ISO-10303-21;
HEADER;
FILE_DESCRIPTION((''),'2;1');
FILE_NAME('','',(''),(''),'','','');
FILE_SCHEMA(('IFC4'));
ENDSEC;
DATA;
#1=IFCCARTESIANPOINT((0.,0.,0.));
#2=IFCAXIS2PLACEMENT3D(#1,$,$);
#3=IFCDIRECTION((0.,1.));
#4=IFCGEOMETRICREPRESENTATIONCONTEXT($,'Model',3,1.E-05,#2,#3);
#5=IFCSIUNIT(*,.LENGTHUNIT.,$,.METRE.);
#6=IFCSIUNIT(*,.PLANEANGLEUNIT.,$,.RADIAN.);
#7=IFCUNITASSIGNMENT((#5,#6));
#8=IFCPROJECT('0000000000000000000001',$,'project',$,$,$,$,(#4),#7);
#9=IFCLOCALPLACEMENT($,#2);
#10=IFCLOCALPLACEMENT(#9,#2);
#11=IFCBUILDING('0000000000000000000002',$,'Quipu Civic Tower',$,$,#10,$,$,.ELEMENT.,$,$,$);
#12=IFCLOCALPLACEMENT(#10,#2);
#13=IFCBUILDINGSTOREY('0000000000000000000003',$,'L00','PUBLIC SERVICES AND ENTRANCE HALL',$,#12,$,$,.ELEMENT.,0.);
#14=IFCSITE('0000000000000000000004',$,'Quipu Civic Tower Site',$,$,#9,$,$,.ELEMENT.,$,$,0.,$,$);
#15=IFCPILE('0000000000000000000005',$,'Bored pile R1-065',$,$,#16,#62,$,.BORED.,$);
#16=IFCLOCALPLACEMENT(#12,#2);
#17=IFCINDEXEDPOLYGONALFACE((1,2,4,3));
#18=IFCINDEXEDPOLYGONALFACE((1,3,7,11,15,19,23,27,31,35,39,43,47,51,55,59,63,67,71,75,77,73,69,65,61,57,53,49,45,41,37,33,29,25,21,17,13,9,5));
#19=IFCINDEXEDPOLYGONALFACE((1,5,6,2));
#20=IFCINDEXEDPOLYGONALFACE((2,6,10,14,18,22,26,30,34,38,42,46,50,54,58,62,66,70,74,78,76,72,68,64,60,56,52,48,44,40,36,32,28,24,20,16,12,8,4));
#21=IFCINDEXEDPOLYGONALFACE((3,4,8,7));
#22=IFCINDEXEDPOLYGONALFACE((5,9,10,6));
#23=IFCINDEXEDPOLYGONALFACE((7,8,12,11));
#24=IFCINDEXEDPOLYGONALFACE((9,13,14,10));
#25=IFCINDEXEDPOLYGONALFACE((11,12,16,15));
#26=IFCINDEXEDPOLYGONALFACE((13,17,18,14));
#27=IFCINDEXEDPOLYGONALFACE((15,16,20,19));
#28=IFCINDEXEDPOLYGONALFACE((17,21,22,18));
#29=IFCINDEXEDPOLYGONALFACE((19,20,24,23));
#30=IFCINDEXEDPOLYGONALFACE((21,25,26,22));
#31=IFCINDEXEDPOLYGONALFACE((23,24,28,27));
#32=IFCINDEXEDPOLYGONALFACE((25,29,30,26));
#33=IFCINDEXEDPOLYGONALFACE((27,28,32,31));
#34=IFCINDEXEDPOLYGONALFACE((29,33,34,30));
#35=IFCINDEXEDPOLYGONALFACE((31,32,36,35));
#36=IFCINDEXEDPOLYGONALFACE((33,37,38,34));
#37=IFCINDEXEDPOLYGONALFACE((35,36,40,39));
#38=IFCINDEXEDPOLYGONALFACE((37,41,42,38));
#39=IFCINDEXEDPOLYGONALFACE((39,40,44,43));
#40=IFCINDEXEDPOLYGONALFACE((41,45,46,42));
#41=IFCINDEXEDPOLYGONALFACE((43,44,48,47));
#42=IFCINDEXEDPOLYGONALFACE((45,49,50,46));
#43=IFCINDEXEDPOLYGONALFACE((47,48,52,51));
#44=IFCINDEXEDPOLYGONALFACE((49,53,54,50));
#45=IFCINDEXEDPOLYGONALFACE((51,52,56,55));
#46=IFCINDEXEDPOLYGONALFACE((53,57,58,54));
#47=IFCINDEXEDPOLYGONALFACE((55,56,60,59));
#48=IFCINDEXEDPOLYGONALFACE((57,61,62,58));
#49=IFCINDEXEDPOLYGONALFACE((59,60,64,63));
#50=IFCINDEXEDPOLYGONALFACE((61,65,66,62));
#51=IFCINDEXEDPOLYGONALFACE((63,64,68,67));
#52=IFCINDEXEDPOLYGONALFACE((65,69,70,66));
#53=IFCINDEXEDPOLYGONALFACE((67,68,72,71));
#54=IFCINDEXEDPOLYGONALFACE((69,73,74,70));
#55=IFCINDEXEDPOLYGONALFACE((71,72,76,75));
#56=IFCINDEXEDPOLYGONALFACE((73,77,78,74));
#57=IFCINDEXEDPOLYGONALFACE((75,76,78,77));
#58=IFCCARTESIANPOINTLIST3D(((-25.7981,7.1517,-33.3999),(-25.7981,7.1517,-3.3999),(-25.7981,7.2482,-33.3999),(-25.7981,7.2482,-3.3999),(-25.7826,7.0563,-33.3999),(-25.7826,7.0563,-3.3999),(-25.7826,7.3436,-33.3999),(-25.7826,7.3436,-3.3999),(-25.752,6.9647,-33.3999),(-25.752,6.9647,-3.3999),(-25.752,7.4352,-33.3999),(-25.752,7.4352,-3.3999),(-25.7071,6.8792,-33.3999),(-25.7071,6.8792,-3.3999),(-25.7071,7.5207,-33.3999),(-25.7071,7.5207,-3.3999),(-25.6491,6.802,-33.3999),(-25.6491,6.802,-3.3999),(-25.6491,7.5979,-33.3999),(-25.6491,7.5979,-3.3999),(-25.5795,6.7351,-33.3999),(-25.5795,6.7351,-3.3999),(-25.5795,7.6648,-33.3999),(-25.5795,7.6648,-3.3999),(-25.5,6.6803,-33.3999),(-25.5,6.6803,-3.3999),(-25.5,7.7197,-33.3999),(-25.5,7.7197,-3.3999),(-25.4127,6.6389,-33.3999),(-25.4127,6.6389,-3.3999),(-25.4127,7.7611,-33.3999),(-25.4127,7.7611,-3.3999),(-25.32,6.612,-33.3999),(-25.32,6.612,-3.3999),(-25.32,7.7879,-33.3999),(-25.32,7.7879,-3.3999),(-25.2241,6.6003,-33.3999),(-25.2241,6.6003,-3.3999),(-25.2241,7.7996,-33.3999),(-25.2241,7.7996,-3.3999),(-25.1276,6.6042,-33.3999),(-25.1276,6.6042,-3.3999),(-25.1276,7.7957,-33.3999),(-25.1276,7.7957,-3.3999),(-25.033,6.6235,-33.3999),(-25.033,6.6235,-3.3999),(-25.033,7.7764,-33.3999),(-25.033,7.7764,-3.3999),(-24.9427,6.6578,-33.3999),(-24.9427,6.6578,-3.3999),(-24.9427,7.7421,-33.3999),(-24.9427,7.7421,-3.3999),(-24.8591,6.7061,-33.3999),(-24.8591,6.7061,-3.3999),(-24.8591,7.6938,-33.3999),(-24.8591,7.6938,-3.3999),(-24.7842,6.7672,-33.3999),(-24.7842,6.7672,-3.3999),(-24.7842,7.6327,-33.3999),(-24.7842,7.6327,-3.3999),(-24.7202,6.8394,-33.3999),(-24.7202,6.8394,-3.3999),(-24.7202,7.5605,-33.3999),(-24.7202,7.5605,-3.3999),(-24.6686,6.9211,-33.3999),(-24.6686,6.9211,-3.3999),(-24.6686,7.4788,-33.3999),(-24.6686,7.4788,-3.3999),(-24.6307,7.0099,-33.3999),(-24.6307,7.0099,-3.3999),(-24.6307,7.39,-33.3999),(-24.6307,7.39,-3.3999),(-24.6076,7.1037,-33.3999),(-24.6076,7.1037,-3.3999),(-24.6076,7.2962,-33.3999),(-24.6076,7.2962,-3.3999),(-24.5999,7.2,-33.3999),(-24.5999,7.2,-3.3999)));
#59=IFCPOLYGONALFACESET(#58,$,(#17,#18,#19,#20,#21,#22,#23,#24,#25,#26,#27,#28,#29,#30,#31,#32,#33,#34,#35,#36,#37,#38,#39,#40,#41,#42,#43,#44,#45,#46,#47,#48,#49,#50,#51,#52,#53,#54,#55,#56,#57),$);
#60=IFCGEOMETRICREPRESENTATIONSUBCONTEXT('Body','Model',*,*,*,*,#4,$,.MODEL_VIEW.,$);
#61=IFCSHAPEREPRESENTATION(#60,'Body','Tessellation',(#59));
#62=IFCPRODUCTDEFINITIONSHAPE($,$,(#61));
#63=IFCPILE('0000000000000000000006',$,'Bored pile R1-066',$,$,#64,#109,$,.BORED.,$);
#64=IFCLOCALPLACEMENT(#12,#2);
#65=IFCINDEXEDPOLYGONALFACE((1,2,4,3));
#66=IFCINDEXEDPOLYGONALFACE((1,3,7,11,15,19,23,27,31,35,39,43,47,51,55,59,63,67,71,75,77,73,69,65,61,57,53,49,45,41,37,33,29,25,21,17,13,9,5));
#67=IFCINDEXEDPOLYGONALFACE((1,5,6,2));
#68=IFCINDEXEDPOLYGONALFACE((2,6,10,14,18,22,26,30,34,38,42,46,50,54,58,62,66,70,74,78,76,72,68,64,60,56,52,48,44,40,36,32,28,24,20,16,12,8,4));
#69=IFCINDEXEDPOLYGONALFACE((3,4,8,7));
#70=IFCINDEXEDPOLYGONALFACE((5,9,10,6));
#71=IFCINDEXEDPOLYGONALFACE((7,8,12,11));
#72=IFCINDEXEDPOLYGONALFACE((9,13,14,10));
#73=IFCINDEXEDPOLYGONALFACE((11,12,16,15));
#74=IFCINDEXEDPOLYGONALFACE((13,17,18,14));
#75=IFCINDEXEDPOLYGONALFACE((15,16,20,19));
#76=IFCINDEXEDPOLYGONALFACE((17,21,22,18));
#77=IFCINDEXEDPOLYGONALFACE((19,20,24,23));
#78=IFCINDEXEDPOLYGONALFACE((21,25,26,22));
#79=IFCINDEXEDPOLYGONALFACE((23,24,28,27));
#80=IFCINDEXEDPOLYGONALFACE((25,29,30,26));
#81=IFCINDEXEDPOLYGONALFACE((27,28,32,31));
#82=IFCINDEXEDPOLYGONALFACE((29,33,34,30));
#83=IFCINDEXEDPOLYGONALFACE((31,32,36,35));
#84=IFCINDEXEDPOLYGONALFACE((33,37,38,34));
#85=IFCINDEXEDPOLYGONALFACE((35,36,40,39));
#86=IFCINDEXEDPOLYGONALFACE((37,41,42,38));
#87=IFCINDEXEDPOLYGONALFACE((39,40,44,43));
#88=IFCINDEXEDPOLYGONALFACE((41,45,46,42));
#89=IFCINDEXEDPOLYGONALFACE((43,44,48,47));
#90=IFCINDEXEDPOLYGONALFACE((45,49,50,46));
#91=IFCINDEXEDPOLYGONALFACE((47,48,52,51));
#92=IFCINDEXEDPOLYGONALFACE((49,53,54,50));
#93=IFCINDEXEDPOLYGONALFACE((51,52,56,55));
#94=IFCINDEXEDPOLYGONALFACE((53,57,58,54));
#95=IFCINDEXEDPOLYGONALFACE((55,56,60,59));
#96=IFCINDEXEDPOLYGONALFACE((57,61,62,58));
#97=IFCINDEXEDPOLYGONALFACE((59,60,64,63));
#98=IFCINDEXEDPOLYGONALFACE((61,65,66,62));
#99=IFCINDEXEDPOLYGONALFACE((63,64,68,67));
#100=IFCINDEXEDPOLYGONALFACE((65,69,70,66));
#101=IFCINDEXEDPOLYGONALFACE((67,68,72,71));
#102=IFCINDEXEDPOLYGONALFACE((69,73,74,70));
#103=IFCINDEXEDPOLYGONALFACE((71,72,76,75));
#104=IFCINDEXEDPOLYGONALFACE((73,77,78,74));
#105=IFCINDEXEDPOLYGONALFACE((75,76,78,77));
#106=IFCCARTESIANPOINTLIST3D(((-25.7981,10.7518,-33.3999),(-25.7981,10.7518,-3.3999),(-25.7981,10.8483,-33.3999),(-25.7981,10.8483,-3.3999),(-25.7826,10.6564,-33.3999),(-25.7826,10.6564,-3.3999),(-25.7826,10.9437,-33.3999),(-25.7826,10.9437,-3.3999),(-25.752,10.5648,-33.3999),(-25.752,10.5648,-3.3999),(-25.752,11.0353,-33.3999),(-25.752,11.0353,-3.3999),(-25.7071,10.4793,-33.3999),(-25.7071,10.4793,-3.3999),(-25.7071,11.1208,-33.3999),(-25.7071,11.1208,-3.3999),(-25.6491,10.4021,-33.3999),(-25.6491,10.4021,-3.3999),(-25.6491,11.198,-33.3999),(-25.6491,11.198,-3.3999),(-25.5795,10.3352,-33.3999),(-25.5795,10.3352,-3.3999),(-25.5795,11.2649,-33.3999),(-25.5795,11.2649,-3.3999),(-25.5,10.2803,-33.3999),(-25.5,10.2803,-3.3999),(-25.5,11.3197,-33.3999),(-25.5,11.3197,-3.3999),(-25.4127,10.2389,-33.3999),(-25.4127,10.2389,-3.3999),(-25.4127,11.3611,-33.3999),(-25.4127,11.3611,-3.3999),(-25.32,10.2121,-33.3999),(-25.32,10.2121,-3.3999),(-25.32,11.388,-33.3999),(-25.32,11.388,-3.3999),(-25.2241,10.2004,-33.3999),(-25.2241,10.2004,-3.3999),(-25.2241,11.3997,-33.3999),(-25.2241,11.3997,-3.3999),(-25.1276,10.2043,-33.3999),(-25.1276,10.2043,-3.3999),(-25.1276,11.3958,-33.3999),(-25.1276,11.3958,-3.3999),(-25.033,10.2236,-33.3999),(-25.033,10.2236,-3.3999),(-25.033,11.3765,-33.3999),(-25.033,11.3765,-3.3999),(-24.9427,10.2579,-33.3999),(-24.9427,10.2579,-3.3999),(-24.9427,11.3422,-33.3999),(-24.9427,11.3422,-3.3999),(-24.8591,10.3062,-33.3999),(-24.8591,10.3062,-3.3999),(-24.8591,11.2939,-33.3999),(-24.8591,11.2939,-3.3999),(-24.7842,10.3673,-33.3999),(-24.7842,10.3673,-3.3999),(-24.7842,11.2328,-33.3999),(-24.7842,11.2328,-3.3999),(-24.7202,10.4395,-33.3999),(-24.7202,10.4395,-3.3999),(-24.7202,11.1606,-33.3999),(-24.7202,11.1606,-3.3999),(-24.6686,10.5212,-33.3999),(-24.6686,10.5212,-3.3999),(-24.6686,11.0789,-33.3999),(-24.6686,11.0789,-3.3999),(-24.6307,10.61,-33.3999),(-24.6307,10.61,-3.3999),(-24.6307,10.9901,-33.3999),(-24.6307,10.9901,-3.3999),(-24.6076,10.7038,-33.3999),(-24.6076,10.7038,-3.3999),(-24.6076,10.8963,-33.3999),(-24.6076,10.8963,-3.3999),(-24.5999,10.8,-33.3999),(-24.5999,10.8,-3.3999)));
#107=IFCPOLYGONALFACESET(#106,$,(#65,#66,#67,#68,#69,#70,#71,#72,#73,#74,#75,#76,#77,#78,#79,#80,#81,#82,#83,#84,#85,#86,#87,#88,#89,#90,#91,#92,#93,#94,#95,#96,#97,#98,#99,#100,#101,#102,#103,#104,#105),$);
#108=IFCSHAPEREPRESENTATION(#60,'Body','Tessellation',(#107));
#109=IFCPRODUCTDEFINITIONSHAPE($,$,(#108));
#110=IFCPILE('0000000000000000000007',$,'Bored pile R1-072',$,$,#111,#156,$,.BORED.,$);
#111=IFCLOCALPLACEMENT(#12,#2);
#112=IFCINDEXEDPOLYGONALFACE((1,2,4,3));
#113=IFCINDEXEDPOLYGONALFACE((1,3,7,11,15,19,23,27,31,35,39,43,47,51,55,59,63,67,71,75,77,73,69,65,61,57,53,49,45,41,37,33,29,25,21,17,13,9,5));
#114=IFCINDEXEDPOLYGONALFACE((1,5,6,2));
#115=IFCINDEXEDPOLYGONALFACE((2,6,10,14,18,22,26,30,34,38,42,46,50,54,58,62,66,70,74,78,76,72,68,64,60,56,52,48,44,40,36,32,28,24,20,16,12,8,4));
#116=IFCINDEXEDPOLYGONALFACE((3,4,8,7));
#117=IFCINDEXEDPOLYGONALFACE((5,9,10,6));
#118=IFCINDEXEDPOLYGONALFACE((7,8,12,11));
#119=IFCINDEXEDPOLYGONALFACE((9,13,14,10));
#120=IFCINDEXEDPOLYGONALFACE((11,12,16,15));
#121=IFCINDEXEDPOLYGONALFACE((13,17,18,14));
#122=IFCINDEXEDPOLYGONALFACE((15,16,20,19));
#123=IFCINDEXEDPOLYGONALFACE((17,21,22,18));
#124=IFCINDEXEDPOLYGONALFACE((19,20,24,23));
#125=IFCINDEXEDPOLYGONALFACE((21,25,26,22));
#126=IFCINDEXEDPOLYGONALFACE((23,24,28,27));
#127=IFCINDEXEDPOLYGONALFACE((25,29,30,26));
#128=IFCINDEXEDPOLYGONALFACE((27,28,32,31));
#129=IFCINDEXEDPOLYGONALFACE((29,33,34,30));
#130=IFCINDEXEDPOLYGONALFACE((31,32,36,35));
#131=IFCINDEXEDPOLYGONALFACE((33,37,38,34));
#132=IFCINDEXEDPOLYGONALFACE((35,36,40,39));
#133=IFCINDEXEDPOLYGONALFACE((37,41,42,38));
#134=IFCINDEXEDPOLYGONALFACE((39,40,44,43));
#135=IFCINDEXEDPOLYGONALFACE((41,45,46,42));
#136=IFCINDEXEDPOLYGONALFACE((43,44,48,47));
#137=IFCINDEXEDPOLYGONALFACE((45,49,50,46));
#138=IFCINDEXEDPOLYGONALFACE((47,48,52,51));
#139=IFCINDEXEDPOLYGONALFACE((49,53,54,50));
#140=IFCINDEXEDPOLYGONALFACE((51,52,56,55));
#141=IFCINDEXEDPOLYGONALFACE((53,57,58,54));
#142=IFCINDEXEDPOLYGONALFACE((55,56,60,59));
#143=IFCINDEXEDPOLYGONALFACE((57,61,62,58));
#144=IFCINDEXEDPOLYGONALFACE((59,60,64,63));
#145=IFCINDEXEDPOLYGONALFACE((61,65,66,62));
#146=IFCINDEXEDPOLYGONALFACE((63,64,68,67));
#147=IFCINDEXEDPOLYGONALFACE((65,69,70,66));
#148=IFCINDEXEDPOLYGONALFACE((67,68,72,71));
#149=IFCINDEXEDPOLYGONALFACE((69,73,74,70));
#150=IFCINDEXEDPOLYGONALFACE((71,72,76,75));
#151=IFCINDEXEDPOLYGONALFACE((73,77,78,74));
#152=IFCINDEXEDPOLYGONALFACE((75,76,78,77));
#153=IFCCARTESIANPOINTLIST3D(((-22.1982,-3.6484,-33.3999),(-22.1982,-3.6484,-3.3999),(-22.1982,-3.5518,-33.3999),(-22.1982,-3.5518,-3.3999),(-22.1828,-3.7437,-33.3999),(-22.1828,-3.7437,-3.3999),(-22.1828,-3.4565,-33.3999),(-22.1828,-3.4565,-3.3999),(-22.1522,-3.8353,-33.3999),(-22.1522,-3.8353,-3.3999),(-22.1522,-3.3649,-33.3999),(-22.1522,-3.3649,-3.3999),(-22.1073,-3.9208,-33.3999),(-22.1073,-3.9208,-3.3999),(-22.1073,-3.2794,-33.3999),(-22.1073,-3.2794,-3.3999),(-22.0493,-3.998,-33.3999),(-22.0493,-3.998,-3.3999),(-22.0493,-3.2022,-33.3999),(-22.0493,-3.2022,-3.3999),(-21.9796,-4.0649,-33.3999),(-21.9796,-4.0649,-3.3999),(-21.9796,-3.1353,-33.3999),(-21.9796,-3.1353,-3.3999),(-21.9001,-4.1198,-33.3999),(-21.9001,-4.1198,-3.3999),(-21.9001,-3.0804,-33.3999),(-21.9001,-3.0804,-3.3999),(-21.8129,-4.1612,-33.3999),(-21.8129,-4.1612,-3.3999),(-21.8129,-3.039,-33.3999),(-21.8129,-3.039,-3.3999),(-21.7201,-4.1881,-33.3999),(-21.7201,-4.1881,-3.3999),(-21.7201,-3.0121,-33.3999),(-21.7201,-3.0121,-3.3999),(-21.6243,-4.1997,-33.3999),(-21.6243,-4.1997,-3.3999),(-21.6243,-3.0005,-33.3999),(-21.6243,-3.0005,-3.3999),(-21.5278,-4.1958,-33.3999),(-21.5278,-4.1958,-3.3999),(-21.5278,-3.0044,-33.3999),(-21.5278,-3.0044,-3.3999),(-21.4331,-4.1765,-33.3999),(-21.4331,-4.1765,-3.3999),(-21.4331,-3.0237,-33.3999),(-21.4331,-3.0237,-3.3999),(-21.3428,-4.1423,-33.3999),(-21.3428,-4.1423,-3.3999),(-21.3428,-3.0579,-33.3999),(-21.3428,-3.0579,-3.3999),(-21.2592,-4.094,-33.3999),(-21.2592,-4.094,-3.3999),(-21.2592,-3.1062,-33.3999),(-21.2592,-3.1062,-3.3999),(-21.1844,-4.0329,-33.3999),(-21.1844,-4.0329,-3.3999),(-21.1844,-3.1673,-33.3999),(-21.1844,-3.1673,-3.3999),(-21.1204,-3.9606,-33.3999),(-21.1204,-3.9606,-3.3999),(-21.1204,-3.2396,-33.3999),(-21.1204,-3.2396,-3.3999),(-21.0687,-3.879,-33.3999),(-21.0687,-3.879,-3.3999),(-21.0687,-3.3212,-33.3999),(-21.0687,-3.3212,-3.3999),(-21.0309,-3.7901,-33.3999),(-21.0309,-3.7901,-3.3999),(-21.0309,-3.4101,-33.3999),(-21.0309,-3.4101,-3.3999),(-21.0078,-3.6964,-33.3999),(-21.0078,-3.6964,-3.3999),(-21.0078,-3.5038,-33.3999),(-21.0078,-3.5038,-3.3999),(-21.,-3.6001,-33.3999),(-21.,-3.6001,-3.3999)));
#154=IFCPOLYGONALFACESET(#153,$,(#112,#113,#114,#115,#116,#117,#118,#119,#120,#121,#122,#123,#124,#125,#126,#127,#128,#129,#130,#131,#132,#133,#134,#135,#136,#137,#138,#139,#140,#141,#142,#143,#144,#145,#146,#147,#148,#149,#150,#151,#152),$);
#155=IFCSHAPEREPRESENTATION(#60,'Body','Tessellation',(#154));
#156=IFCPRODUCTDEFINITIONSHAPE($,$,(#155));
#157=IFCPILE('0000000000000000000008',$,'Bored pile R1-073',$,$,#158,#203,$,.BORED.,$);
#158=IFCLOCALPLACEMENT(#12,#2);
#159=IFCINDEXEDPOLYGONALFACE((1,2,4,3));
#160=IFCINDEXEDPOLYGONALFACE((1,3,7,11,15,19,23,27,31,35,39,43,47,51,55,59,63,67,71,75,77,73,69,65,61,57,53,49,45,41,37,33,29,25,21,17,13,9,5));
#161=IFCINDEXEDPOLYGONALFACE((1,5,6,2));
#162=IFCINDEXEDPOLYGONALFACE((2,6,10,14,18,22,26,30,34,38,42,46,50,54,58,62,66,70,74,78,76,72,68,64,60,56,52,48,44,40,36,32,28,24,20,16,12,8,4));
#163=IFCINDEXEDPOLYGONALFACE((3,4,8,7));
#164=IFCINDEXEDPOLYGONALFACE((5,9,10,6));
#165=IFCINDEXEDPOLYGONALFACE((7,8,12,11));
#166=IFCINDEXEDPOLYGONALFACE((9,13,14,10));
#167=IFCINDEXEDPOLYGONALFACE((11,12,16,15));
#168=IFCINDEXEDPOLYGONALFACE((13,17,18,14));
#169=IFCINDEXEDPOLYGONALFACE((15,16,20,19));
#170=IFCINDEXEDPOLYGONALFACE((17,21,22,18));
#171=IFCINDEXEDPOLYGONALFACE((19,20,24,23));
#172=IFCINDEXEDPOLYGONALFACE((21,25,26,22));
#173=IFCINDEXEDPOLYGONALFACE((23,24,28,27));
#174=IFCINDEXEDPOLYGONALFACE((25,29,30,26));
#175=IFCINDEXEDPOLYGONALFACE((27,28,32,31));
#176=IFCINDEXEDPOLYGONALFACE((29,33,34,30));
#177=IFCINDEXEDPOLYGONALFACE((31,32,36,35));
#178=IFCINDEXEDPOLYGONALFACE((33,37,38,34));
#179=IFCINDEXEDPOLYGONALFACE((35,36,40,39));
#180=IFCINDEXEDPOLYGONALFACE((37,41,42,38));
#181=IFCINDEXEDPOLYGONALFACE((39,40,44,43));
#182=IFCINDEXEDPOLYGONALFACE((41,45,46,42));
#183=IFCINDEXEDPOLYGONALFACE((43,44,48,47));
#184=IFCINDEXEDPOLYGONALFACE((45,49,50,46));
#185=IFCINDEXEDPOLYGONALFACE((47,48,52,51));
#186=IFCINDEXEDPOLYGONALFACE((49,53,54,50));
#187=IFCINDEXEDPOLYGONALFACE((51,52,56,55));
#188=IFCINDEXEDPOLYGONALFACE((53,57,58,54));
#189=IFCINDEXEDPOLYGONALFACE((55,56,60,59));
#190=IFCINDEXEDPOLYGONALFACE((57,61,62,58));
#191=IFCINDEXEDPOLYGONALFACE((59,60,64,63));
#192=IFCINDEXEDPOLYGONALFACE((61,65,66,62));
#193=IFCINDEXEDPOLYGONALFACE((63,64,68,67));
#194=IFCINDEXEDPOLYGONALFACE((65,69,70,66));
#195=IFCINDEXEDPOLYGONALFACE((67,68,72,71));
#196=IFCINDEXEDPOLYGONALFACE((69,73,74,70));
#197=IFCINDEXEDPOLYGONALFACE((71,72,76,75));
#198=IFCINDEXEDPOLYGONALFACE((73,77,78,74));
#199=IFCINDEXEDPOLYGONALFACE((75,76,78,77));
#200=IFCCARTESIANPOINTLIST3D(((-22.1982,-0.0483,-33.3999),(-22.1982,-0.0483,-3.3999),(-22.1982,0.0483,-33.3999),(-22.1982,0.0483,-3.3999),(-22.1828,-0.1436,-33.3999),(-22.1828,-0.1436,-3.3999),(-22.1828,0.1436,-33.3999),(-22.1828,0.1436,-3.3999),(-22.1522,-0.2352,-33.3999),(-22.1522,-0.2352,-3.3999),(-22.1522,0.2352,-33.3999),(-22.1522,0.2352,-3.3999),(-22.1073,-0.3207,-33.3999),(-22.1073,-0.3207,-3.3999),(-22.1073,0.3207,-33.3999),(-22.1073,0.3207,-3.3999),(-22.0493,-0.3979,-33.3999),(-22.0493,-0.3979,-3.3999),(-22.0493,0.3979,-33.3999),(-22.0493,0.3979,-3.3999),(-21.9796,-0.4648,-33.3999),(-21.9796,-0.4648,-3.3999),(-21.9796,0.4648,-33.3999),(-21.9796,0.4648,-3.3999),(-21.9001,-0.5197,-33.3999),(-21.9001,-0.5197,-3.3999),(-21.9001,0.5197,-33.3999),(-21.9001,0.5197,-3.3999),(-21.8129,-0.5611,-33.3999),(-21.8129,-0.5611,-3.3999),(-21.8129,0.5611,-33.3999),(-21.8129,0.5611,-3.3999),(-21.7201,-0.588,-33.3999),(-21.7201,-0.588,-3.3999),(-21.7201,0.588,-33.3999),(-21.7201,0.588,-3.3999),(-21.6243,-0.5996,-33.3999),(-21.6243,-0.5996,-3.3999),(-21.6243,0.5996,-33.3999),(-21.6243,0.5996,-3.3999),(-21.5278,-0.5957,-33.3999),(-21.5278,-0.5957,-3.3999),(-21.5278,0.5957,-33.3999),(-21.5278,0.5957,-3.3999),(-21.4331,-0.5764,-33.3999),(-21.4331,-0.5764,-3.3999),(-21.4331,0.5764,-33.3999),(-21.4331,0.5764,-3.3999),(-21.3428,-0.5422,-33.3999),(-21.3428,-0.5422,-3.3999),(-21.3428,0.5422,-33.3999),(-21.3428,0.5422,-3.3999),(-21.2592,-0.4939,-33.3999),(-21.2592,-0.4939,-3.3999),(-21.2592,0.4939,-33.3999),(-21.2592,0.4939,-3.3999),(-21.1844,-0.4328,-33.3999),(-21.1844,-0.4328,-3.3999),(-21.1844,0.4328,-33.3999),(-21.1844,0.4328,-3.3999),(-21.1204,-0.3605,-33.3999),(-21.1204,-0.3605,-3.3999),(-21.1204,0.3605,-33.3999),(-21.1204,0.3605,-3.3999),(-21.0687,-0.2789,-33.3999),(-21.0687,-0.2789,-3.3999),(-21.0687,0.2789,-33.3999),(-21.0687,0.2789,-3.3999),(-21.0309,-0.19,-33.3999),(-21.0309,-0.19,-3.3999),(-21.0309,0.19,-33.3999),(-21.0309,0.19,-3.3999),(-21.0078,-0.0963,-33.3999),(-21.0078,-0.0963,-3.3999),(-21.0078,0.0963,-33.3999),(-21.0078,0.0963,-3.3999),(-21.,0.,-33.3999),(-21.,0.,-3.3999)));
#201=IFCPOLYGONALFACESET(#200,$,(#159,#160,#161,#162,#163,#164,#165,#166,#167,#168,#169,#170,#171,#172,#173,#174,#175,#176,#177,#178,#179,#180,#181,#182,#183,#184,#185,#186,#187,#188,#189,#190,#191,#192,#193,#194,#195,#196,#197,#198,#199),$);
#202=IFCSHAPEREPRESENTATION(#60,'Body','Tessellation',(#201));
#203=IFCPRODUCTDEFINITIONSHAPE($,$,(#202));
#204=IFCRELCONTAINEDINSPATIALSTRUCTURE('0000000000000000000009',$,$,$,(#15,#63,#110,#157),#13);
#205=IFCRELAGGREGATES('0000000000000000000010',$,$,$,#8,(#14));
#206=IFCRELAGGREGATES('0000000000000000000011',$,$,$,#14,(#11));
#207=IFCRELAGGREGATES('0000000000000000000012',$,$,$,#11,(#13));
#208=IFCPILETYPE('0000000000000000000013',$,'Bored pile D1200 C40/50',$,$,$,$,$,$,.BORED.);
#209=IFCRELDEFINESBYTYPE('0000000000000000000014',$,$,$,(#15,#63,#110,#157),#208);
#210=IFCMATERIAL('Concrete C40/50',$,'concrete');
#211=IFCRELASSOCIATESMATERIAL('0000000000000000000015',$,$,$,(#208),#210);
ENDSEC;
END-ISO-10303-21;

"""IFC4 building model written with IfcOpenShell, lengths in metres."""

from ifc_helpers import new_model, si_unit, direction, frame, origin, origin_2d, place, context, subcontext, project, spatial, circle, extrude, material, material_profile, profile_set, type_object, element, save


model = new_model("IFC4")

# Units and contexts
model_context = context("Model", 3, precision=1e-05, world=origin(), true_north=direction((0.0, 1.0)))
body_context = subcontext(model_context, "Body", "Model", "MODEL_VIEW")
ifc_project = project(units=[si_unit("LENGTHUNIT", "METRE"), si_unit("PLANEANGLEUNIT", "RADIAN")], contexts=[model_context])

# Site, building, storey
site_placement = place(None, origin())
site = spatial("IfcSite", under=ifc_project, at=site_placement, Name="Quipu Civic Tower Site", CompositionType="ELEMENT", RefElevation=0.0)
building_placement = place(site_placement, origin())
building = spatial("IfcBuilding", under=site, at=building_placement, Name="Quipu Civic Tower", CompositionType="ELEMENT")
storey_placement = place(building_placement, origin())
storey = spatial("IfcBuildingStorey", under=building, at=storey_placement, Name="L00", Description="PUBLIC SERVICES AND ENTRANCE HALL", CompositionType="ELEMENT", Elevation=0.0)

# Piles
ifc_material_1 = material(Name="Concrete C40/50", Category="concrete")
ifc_material_profile_1 = material_profile(ifc_material_1, circle(Radius=0.6001, at=origin_2d()), Name="RCD1200")
ifc_profile_set_1 = profile_set([ifc_material_profile_1], Name="Concrete C40/50")
pile_type = type_object("IfcPileType", Name="Bored pile D1200 C40/50", PredefinedType="BORED", material=ifc_profile_set_1)
for number, where, z_axis, x_axis, name in (
    (1, (-25.2, 7.2, -3.3999), (0.0, 0.0, -1.0), (1.0, 0.0, 0.0), "Bored pile R1-065"),
    (2, (-25.2, 10.8, -3.3999), (0.0, 0.0, -1.0), (1.0, 0.0, 0.0), "Bored pile R1-066"),
    (3, (-21.6001, -3.6001, -3.3999), (0.0, 0.0, -1.0), (1.0, 0.0, 0.0), "Bored pile R1-072"),
    (4, (-21.6001, 0.0, -3.3999), (0.0, 0.0, -1.0), (1.0, 0.0, 0.0), "Bored pile R1-073"),
):
    element("IfcPile", number, at=place(storey_placement, frame(where, z_axis=z_axis, x_axis=x_axis)), inside=storey, type_object=pile_type, Name=name, PredefinedType="BORED", context=body_context, shape_type="SweptSolid", body=[
        extrude(circle(Radius=0.6001, at=origin_2d()), origin(), (0.0, 0.0, 1.0), 30.0),
    ])

save(model, "model.ifc")
